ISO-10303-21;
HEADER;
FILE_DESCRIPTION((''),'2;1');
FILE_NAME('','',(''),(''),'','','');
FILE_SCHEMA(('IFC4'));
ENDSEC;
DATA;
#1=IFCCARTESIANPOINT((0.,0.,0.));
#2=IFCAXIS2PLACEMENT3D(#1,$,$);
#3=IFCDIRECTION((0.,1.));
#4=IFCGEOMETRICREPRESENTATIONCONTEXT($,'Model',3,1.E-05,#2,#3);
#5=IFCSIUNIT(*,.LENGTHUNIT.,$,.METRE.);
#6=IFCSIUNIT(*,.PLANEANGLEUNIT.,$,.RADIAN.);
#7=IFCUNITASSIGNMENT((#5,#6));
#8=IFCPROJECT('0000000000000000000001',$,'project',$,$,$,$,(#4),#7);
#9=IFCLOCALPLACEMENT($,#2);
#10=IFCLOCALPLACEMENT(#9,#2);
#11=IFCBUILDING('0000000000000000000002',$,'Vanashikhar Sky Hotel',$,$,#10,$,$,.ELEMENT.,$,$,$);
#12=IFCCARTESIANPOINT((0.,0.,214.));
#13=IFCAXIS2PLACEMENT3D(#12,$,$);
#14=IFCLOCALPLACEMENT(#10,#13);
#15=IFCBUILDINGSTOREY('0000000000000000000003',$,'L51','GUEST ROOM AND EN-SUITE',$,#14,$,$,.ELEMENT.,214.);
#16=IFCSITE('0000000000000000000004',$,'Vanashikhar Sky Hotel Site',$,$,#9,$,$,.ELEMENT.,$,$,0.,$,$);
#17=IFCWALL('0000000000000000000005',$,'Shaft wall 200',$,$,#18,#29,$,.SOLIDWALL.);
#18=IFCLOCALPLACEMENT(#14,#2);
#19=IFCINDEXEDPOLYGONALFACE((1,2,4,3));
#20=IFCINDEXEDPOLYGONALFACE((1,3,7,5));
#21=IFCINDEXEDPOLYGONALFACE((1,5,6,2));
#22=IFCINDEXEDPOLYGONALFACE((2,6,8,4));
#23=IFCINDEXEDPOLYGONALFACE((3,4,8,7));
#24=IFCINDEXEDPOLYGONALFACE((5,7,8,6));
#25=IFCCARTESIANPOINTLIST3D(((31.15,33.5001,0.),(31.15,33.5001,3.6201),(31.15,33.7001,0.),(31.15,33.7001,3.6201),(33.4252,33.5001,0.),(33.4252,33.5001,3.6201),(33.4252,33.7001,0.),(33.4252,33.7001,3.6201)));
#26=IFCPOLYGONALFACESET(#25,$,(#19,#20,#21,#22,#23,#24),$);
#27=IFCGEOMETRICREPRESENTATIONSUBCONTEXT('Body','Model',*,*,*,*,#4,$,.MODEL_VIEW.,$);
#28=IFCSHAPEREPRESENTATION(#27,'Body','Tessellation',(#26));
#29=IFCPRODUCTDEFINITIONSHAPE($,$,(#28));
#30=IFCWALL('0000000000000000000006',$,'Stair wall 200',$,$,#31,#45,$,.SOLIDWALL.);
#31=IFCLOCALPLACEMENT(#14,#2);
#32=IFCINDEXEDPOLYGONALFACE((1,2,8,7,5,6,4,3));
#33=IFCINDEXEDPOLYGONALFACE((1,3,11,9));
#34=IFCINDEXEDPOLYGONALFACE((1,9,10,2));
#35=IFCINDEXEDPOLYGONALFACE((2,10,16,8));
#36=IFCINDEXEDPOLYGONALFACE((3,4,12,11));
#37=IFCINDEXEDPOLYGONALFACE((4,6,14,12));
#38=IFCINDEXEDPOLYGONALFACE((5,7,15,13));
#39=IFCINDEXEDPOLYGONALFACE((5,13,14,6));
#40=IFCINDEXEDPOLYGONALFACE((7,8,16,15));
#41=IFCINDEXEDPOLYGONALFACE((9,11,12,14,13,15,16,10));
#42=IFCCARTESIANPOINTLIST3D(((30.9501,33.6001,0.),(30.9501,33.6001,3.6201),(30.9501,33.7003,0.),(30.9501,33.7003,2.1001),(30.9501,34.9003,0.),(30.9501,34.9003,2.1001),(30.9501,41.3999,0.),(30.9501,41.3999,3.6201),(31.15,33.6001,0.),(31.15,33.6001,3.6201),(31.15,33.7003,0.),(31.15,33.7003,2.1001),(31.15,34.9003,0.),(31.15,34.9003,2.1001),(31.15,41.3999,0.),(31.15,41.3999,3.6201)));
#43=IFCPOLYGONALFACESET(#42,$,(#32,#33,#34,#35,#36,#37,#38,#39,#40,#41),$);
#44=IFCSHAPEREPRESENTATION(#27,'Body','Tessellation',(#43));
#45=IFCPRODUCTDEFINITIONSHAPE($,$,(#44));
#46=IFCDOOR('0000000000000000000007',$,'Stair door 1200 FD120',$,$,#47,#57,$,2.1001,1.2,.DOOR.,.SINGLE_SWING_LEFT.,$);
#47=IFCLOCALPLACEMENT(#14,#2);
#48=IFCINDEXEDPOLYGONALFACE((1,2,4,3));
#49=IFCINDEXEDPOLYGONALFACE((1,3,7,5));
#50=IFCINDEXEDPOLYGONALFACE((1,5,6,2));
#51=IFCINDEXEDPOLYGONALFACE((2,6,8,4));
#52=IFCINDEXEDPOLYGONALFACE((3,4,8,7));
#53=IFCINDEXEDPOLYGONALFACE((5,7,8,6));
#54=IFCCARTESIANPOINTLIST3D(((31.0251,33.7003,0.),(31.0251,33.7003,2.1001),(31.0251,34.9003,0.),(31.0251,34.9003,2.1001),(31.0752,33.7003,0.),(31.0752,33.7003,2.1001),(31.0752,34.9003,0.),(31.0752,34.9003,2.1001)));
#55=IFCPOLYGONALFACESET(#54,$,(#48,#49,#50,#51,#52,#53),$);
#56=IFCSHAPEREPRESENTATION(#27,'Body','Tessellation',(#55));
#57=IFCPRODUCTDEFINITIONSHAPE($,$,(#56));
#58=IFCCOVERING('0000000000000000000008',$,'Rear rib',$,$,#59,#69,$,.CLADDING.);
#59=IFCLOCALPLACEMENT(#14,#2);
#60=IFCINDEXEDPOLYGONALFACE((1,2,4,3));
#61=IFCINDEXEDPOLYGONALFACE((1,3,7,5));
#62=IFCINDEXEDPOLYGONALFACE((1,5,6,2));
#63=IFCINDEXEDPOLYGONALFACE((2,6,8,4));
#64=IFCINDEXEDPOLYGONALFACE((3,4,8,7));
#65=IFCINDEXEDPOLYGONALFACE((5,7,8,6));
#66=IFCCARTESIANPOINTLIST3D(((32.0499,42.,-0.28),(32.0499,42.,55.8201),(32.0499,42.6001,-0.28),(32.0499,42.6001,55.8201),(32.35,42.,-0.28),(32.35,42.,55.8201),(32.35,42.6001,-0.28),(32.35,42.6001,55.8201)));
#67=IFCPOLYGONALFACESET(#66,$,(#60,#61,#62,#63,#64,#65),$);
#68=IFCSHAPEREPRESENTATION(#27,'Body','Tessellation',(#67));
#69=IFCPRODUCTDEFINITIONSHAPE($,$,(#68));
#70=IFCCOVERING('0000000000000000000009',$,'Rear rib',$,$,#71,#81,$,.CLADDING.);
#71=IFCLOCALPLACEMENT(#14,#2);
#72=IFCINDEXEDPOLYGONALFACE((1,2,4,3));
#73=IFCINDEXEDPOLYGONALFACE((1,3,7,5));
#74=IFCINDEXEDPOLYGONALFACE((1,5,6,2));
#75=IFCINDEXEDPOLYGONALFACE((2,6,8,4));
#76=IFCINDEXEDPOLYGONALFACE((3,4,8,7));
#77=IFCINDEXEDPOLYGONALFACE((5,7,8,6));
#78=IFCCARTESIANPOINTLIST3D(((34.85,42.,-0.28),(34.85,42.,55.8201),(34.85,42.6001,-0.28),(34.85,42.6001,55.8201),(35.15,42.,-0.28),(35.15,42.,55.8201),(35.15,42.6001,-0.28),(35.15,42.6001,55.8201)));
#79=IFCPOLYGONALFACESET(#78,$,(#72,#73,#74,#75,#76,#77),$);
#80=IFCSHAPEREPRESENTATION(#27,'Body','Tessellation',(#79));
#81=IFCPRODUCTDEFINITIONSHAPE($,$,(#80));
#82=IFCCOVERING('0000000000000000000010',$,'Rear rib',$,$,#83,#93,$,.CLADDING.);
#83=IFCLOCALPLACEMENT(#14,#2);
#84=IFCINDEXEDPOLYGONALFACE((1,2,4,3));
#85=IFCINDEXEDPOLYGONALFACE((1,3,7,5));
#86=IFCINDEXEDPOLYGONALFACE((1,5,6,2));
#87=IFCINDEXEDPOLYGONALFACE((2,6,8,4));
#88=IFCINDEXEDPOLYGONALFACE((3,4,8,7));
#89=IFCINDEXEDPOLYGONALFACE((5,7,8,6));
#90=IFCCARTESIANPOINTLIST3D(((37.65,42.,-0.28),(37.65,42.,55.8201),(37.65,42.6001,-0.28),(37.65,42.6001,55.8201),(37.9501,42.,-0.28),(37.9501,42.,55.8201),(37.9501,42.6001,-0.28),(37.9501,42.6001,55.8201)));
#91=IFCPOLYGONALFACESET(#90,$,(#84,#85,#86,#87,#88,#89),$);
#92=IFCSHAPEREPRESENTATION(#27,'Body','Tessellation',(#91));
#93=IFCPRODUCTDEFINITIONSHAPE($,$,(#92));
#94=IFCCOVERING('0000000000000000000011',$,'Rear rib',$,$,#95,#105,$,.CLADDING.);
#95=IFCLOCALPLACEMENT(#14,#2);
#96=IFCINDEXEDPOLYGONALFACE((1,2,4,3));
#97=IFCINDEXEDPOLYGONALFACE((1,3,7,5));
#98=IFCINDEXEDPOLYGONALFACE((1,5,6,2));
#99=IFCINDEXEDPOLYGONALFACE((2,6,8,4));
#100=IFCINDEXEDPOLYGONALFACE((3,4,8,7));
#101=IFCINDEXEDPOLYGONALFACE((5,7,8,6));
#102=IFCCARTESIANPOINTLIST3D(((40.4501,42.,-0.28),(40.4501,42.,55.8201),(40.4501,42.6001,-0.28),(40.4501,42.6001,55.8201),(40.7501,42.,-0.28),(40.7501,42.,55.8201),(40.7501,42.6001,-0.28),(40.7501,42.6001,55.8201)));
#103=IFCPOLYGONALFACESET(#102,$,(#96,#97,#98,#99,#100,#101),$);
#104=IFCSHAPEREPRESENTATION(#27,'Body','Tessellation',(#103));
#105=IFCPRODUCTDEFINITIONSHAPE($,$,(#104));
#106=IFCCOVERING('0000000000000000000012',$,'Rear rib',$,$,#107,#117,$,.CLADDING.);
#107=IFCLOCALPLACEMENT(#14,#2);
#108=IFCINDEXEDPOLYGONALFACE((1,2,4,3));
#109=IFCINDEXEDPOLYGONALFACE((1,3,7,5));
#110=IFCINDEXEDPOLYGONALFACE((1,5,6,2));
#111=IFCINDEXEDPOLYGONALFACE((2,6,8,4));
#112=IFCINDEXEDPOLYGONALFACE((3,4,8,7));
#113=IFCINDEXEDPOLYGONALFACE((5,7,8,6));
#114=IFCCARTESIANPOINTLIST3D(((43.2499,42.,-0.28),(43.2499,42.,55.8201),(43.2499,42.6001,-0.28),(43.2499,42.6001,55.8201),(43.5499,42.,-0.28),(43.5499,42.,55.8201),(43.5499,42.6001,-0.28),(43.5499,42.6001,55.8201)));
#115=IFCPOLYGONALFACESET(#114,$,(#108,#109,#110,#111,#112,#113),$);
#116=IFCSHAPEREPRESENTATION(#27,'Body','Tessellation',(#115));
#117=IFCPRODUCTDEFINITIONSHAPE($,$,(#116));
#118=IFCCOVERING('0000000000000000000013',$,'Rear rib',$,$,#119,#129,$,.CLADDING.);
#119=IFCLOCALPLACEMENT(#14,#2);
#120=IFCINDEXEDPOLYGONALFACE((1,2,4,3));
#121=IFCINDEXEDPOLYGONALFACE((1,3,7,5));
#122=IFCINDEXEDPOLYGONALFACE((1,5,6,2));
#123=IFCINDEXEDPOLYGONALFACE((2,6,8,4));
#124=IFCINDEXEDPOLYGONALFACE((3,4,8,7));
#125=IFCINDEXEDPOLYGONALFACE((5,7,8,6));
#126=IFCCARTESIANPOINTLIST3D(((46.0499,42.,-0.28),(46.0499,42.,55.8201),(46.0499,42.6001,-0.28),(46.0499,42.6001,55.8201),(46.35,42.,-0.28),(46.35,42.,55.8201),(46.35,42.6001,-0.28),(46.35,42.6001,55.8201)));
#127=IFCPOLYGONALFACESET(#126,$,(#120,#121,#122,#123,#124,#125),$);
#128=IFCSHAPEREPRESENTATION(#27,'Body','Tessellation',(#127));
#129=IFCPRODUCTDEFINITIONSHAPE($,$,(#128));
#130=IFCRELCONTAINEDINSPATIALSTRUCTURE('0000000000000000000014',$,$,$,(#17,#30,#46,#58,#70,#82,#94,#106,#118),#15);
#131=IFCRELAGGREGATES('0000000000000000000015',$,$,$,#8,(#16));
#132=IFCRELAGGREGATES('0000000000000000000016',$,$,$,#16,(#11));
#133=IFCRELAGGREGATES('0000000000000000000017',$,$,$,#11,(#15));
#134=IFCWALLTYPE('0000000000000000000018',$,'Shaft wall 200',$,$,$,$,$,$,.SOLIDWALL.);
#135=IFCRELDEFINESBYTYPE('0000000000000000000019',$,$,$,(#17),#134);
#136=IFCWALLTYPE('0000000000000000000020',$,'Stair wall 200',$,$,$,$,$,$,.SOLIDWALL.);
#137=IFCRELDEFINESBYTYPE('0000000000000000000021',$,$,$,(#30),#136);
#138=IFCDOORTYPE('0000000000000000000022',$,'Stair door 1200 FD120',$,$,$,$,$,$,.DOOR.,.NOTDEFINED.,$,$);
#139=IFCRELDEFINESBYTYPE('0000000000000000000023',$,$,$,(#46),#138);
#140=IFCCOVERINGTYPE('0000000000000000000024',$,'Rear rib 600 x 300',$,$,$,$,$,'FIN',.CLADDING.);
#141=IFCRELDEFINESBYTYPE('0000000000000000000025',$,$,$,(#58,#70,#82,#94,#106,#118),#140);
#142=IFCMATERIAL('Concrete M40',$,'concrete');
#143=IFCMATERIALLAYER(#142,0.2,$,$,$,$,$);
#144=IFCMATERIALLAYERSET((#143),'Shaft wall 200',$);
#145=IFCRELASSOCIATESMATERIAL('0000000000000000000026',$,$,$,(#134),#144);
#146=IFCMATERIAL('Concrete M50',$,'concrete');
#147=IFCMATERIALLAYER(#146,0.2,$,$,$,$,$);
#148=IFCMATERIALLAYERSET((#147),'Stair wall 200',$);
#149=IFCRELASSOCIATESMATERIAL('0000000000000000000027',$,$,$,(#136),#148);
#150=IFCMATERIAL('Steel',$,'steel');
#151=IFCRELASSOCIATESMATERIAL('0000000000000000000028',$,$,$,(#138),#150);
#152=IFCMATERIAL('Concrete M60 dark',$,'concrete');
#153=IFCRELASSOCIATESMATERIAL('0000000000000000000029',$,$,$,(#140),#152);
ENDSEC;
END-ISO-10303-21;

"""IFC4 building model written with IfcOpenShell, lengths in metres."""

from ifc_helpers import new_model, si_unit, direction, frame, frame_2d, origin, origin_2d, place, context, subcontext, project, spatial, rectangle, extrude, source, transform, mapped, material, layer, layer_set, material_profile, profile_set, type_object, element, fill, save


model = new_model("IFC4")

# Units and contexts
model_context = context("Model", 3, precision=1e-05, world=origin(), true_north=direction((0.0, 1.0)))
body_context = subcontext(model_context, "Body", "Model", "MODEL_VIEW")
ifc_project = project(units=[si_unit("LENGTHUNIT", "METRE"), si_unit("PLANEANGLEUNIT", "RADIAN")], contexts=[model_context])

# Site, building, storey
site_placement = place(None, origin())
site = spatial("IfcSite", under=ifc_project, at=site_placement, Name="Vanashikhar Sky Hotel Site", CompositionType="ELEMENT", RefElevation=0.0)
building_placement = place(site_placement, origin())
building = spatial("IfcBuilding", under=site, at=building_placement, Name="Vanashikhar Sky Hotel", CompositionType="ELEMENT")
storey_placement = place(building_placement, frame((0.0, 0.0, 214.0)))
storey = spatial("IfcBuildingStorey", under=building, at=storey_placement, Name="L51", Description="GUEST ROOM AND EN-SUITE", CompositionType="ELEMENT", Elevation=214.0)

# Shared definitions
ifc_material_1 = material(Name="Steel", Category="steel")

# Shared definitions
ifc_material_2 = material(Name="Concrete M40", Category="concrete")
ifc_layer_1 = layer(ifc_material_2, 0.2)
ifc_layer_set_1 = layer_set([ifc_layer_1], Name="Shaft wall 200")
wall_type_1 = type_object("IfcWallType", Name="Shaft wall 200", PredefinedType="SOLIDWALL", material=ifc_layer_set_1)

# Wall
shared_shape_1 = source(origin(), body_context, "Body", "SweptSolid", [
    extrude(rectangle(XDim=2.2751, YDim=0.2, at=frame_2d((1.1377, 0.0))), origin(), (0.0, 0.0, 1.0), 3.6201),
])
wall_1_placement = place(storey_placement, frame((31.1499, 33.6001, 0.0), z_axis=(0.0, 0.0, 1.0), x_axis=(1.0, 0.0, 0.0)))
element("IfcWall", 1, at=wall_1_placement, inside=storey, type_object=wall_type_1, Name="Shaft wall 200", PredefinedType="SOLIDWALL", context=body_context, shape_type="MappedRepresentation", body=[
    mapped(shared_shape_1, transform((0.0, 0.0, 0.0), scale=1.0)),
])

# Wall, opening, door
ifc_material_3 = material(Name="Concrete M50", Category="concrete")
ifc_layer_2 = layer(ifc_material_3, 0.2)
ifc_layer_set_2 = layer_set([ifc_layer_2], Name="Stair wall 200")
wall_type_2 = type_object("IfcWallType", Name="Stair wall 200", PredefinedType="SOLIDWALL", material=ifc_layer_set_2)
shared_shape_2 = source(origin(), body_context, "Body", "SweptSolid", [
    extrude(rectangle(XDim=7.7998, YDim=0.2, at=frame_2d((3.8999, 0.0))), origin(), (0.0, 0.0, 1.0), 3.6201),
])
wall_2_placement = place(storey_placement, frame((31.05, 33.6001, 0.0), z_axis=(0.0, 0.0, 1.0), x_axis=(0.0, 1.0, 0.0)))
wall_2 = element("IfcWall", 2, at=wall_2_placement, inside=storey, type_object=wall_type_2, Name="Stair wall 200", PredefinedType="SOLIDWALL", context=body_context, shape_type="MappedRepresentation", body=[
    mapped(shared_shape_2, transform((0.0, 0.0, 0.0), scale=1.0)),
])
shared_shape_3 = source(origin(), body_context, "Body", "SweptSolid", [
    extrude(rectangle(XDim=1.2, YDim=2.1001, at=frame_2d((0.6001, 1.05))), frame((0.0, 0.1099, 0.0), z_axis=(0.0, -1.0, 0.0), x_axis=(1.0, 0.0, 0.0)), (0.0, 0.0, 1.0), 0.22),
])
opening_1_placement = place(wall_2_placement, frame((0.1001, 0.0, 0.0)))
opening_1 = element("IfcOpeningElement", 3, at=opening_1_placement, cuts=wall_2, PredefinedType="OPENING", context=body_context, shape_type="MappedRepresentation", body=[
    mapped(shared_shape_3, transform((0.0, 0.0, 0.0), scale=1.0)),
])
door_type_1 = type_object("IfcDoorType", Name="Stair door 1200 FD120", OperationType="NOTDEFINED", PredefinedType="DOOR", material=ifc_material_1)
shared_shape_4 = source(origin(), body_context, "Body", "SweptSolid", [
    extrude(rectangle(XDim=1.2, YDim=2.1001, at=frame_2d((0.6001, 1.05))), frame((0.0, 0.0249, 0.0), z_axis=(0.0, -1.0, 0.0), x_axis=(1.0, 0.0, 0.0)), (0.0, 0.0, 1.0), 0.05),
])
door_1_placement = place(opening_1_placement, origin())
door_1 = element("IfcDoor", 4, at=door_1_placement, inside=storey, type_object=door_type_1, Name="Stair door 1200 FD120", OperationType="SINGLE_SWING_LEFT", OverallHeight=2.1001, OverallWidth=1.2, PredefinedType="DOOR", context=body_context, shape_type="MappedRepresentation", body=[
    mapped(shared_shape_4, transform((0.0, 0.0, 0.0), scale=1.0)),
])
fill(opening_1, door_1)

# Coverings
ifc_material_4 = material(Name="Concrete M60 dark", Category="concrete")
ifc_material_profile = material_profile(ifc_material_4, rectangle(XDim=0.6001, YDim=0.3, at=origin_2d()))
ifc_profile_set = profile_set([ifc_material_profile], Name="Rear rib 600 x 300")
covering_type = type_object("IfcCoveringType", Name="Rear rib 600 x 300", ElementType="FIN", PredefinedType="CLADDING", material=ifc_profile_set)
shared_shape_5 = source(origin(), body_context, "Body", "SweptSolid", [
    extrude(rectangle(XDim=0.6001, YDim=0.3, at=origin_2d()), origin(), (0.0, 0.0, 1.0), 56.1001),
])
for number, where, z_axis, x_axis, name in (
    (5, (32.2, 42.3, -0.28), (0.0, 0.0, 1.0), (0.0, 1.0, 0.0), "Rear rib"),
    (6, (35.0, 42.3, -0.28), (0.0, 0.0, 1.0), (0.0, 1.0, 0.0), "Rear rib"),
    (7, (37.8, 42.3, -0.28), (0.0, 0.0, 1.0), (0.0, 1.0, 0.0), "Rear rib"),
    (8, (40.6001, 42.3, -0.28), (0.0, 0.0, 1.0), (0.0, 1.0, 0.0), "Rear rib"),
    (9, (43.3999, 42.3, -0.28), (0.0, 0.0, 1.0), (0.0, 1.0, 0.0), "Rear rib"),
    (10, (46.2, 42.3, -0.28), (0.0, 0.0, 1.0), (0.0, 1.0, 0.0), "Rear rib"),
):
    element("IfcCovering", number, at=place(storey_placement, frame(where, z_axis=z_axis, x_axis=x_axis)), inside=storey, type_object=covering_type, Name=name, PredefinedType="CLADDING", context=body_context, shape_type="MappedRepresentation", body=[
        mapped(shared_shape_5, transform((0.0, 0.0, 0.0), scale=1.0)),
    ])

save(model, "model.ifc")
